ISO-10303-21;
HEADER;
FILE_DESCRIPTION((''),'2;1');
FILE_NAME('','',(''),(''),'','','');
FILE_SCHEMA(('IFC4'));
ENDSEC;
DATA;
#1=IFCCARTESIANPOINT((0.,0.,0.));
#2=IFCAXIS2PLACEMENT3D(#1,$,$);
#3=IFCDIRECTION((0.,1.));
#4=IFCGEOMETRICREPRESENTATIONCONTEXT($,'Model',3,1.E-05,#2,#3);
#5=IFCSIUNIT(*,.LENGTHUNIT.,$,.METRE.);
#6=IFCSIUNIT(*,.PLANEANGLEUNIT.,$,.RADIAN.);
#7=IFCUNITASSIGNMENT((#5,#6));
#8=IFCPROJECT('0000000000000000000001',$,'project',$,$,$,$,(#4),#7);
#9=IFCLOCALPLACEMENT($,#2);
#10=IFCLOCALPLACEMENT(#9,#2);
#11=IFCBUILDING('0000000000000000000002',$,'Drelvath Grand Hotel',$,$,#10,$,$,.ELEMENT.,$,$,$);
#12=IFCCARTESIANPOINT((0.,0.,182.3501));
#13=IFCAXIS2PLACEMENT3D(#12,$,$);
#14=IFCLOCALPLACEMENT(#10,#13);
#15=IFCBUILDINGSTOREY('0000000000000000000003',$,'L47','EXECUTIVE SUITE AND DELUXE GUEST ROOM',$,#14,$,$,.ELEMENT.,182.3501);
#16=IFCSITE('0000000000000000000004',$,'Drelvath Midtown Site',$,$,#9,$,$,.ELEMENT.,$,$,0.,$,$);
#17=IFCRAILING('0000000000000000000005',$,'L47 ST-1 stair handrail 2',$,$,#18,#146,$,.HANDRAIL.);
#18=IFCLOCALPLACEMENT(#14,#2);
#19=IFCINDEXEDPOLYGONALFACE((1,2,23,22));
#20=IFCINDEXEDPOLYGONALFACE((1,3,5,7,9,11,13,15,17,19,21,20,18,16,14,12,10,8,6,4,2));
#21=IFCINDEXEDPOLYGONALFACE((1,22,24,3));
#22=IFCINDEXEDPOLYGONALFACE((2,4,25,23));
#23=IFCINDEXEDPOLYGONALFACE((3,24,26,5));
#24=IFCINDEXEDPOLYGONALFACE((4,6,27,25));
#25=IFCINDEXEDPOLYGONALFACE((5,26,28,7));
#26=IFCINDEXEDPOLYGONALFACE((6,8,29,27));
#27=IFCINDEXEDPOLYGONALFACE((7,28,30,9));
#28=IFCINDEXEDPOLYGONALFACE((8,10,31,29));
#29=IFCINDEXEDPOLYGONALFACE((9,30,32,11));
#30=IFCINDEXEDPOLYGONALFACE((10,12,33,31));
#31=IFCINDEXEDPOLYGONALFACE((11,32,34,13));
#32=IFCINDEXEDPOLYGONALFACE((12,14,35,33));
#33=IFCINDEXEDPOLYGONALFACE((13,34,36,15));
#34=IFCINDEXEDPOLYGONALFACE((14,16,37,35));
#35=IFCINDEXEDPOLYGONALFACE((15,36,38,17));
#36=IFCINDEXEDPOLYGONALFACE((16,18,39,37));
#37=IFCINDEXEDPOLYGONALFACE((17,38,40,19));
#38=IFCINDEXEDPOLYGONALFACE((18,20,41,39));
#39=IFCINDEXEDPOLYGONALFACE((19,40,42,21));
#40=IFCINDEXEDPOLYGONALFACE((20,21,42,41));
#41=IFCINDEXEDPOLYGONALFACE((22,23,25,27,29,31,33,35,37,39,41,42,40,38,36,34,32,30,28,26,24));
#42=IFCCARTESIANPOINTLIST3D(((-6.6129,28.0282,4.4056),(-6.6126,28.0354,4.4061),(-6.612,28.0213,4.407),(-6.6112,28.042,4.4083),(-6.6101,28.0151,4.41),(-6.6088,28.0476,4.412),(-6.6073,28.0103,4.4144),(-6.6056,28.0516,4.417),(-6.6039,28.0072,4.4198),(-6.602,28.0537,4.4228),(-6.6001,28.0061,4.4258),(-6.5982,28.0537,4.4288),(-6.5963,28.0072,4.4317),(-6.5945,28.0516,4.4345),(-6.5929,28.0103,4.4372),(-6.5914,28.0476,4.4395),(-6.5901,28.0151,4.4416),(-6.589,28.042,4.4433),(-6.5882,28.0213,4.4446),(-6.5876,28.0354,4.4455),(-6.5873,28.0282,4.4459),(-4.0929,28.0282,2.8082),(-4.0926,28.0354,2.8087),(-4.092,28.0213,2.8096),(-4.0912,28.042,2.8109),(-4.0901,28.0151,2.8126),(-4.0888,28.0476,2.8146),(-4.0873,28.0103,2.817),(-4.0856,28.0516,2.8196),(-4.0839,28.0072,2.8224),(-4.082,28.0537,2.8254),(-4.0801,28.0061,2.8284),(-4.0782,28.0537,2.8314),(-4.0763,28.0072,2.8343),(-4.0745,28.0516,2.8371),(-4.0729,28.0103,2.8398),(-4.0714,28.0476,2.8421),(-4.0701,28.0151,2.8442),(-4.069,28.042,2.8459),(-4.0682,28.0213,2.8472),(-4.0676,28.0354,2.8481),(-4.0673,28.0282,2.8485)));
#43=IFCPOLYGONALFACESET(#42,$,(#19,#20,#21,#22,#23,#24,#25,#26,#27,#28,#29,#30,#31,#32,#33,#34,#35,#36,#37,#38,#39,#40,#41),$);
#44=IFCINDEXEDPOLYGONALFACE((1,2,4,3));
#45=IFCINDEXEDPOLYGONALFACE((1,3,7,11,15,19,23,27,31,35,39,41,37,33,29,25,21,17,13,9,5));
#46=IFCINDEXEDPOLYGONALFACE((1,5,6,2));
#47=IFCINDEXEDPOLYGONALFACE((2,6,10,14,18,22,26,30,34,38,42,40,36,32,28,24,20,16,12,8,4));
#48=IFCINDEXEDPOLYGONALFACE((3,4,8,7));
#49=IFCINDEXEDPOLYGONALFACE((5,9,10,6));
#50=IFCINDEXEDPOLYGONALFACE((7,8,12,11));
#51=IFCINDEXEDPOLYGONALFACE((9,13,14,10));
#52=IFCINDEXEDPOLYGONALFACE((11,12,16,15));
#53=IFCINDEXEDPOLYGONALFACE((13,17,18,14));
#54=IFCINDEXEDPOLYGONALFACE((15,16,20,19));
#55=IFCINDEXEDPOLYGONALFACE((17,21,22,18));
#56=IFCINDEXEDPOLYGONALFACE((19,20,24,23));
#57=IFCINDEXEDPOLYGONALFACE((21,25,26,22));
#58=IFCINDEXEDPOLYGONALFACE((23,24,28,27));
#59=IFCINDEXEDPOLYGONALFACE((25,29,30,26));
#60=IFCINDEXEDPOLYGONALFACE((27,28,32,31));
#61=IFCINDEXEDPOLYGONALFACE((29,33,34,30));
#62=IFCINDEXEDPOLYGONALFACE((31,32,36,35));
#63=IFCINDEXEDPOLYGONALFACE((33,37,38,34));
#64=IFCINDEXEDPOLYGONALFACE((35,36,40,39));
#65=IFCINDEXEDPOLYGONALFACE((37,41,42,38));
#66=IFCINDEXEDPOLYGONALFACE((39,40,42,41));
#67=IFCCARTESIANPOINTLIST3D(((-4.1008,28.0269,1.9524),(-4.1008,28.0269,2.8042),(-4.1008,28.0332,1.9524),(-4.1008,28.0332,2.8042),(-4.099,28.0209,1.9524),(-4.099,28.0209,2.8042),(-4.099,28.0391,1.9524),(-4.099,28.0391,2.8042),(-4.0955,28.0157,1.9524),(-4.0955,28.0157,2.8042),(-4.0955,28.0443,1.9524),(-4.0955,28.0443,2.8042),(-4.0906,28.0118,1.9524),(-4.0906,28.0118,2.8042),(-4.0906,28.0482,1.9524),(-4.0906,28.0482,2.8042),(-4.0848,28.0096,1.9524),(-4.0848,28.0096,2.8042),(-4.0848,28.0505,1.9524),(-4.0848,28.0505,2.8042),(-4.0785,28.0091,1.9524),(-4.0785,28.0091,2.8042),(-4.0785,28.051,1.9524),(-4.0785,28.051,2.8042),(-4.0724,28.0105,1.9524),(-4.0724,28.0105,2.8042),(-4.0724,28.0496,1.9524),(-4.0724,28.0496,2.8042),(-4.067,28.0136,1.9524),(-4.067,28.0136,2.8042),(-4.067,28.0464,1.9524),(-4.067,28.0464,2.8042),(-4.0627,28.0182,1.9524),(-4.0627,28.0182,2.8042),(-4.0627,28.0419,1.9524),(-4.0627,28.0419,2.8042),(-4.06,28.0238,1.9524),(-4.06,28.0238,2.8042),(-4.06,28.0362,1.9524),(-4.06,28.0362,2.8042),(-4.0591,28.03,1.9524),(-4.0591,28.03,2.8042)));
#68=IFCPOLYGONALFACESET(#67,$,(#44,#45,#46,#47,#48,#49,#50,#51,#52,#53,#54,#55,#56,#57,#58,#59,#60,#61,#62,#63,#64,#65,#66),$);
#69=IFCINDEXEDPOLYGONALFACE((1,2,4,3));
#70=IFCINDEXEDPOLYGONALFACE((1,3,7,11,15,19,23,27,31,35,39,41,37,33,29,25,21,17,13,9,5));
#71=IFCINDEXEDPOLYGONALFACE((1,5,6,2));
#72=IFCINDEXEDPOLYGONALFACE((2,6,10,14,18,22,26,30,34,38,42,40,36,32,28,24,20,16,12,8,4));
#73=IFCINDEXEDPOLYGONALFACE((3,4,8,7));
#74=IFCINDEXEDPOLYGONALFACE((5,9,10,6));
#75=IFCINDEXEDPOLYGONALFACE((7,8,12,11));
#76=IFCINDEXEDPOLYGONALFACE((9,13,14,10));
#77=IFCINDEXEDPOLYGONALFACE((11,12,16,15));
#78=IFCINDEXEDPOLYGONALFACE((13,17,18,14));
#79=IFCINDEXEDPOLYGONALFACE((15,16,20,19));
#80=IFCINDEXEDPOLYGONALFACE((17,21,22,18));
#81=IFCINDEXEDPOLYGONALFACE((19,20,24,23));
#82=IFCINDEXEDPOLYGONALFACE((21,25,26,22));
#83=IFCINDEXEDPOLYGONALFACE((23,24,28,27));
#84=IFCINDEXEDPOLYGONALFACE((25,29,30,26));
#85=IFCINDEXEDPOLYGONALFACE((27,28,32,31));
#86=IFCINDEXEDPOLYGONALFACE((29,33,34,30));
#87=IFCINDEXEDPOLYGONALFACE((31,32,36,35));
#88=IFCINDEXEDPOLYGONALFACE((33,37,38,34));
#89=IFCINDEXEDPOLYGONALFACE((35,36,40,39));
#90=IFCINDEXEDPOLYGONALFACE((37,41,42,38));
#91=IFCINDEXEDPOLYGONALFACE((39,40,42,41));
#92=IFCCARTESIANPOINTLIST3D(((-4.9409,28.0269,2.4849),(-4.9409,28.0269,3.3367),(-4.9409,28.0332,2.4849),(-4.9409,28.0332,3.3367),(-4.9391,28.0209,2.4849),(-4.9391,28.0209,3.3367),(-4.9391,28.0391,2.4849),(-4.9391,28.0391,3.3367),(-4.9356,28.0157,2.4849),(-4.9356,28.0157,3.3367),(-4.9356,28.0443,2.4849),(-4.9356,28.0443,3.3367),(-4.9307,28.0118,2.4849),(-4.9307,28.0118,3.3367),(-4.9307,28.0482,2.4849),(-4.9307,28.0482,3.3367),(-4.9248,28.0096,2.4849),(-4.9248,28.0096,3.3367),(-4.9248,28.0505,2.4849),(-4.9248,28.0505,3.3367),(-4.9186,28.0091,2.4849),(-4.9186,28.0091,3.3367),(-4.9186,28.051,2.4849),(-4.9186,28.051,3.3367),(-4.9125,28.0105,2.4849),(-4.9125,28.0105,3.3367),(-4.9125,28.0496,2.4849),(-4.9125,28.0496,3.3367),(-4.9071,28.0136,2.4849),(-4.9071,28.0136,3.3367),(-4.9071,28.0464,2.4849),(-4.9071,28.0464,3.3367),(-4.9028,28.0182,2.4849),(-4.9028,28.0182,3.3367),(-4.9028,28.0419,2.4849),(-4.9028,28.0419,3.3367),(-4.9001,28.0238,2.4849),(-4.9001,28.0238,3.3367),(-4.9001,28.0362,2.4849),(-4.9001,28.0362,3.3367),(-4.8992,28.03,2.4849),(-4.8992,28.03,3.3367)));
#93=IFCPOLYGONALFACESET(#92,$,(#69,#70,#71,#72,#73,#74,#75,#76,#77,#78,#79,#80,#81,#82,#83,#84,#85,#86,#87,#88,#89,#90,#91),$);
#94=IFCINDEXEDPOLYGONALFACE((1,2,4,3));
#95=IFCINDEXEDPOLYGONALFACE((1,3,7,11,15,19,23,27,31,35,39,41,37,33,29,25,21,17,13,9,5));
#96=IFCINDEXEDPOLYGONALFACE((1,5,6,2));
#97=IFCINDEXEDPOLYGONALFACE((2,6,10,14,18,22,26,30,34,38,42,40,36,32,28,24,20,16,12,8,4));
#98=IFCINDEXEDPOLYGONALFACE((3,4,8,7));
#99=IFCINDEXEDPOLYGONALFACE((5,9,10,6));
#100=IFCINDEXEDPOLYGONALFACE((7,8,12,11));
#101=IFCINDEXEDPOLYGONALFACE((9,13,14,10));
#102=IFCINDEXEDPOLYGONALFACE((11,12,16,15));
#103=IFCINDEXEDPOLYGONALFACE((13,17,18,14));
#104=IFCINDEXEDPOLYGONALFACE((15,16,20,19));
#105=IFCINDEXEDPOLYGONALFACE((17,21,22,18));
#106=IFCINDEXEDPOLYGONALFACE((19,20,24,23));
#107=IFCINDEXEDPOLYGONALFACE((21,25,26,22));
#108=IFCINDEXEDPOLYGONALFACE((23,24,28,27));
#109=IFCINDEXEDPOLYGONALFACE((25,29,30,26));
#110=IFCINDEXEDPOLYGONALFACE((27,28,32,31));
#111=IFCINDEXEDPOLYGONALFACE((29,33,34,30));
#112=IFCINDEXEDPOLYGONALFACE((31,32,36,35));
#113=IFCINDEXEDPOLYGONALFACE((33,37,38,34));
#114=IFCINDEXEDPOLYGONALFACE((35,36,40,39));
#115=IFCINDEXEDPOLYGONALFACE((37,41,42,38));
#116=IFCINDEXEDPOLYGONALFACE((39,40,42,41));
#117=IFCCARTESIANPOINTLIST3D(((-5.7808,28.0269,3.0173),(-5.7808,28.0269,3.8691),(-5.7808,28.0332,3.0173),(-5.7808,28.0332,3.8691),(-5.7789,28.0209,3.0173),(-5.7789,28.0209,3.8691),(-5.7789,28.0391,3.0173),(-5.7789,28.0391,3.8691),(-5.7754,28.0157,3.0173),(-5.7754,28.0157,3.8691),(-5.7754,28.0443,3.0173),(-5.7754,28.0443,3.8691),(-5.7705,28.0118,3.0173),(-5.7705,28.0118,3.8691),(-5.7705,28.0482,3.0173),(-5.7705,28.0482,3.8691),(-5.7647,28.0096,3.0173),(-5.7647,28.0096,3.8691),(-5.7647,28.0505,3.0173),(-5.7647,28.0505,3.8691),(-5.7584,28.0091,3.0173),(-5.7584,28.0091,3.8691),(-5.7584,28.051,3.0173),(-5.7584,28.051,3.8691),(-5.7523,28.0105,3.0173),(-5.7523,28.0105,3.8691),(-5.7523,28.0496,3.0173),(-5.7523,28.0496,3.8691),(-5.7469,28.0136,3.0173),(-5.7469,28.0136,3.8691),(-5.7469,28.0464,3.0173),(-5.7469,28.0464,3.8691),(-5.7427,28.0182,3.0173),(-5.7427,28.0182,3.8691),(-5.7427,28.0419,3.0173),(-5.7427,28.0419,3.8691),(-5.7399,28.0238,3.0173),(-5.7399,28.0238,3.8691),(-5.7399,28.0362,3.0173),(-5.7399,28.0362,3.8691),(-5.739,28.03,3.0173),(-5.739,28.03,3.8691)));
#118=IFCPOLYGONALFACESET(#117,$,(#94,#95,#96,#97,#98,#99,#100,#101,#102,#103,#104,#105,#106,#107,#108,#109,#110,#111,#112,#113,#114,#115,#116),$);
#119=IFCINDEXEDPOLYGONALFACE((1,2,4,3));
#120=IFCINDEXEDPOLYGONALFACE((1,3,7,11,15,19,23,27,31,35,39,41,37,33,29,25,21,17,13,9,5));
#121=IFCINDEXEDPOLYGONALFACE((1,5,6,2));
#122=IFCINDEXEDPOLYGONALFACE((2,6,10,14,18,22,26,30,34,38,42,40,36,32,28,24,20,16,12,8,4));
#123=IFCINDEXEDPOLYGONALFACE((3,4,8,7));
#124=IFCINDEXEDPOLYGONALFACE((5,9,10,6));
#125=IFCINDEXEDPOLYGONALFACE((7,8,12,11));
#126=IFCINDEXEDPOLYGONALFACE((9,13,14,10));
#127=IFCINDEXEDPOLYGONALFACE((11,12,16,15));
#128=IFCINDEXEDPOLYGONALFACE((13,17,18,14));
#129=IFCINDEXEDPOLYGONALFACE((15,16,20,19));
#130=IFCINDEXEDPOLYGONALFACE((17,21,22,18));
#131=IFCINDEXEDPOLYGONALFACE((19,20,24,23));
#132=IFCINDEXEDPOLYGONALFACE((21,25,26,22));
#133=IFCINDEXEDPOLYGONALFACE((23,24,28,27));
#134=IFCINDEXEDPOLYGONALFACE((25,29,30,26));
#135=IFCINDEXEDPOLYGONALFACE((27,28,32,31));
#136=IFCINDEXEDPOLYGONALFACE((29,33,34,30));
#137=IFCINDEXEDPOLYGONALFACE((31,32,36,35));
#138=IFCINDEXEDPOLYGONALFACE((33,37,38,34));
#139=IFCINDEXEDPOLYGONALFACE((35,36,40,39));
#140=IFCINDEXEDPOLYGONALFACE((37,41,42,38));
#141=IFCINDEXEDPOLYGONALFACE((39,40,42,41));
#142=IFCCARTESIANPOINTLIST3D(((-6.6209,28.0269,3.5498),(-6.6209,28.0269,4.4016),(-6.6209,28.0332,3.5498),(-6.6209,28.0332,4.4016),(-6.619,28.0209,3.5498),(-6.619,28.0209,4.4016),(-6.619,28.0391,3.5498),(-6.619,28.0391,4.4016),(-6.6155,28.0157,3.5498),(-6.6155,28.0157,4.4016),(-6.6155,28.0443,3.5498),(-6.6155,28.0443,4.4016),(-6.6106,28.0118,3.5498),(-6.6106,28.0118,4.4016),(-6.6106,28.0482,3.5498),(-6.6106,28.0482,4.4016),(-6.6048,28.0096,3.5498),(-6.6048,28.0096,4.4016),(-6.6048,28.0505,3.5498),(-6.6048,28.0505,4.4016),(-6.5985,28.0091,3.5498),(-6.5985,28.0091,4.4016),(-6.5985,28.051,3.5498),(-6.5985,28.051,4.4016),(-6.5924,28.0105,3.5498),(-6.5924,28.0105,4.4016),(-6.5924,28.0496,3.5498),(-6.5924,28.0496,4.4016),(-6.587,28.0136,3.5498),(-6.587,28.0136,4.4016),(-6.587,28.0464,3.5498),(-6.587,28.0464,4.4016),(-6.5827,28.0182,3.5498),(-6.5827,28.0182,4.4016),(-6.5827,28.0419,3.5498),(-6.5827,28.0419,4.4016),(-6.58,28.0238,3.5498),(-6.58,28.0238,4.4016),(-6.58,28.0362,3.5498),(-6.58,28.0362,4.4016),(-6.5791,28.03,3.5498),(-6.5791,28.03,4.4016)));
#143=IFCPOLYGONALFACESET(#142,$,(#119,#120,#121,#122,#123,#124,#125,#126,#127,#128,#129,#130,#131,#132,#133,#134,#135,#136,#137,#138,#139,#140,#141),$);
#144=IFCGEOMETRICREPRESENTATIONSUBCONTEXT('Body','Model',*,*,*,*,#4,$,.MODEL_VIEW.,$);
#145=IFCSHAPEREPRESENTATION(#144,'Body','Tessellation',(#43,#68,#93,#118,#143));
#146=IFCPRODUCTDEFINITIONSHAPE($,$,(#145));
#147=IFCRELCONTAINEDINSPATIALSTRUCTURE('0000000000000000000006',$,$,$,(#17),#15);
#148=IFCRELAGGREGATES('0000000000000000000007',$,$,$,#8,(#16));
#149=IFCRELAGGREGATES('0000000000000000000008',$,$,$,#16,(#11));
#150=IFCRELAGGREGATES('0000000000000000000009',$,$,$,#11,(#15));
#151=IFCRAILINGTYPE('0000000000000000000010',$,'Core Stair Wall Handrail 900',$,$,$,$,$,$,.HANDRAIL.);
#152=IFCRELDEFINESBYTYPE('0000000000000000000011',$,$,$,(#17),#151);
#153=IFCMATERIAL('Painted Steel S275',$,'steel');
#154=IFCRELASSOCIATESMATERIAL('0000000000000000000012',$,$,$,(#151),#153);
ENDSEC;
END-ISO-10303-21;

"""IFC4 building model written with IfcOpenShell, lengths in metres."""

from ifc_helpers import new_model, si_unit, direction, frame, origin, origin_2d, place, context, subcontext, project, spatial, circle, extrude, material, type_object, element, save


model = new_model("IFC4")

# Units and contexts
model_context = context("Model", 3, precision=1e-05, world=origin(), true_north=direction((0.0, 1.0)))
body_context = subcontext(model_context, "Body", "Model", "MODEL_VIEW")
ifc_project = project(units=[si_unit("LENGTHUNIT", "METRE"), si_unit("PLANEANGLEUNIT", "RADIAN")], contexts=[model_context])

# Site, building, storey
site_placement = place(None, origin())
site = spatial("IfcSite", under=ifc_project, at=site_placement, Name="Drelvath Midtown Site", CompositionType="ELEMENT", RefElevation=0.0)
building_placement = place(site_placement, origin())
building = spatial("IfcBuilding", under=site, at=building_placement, Name="Drelvath Grand Hotel", CompositionType="ELEMENT")
storey_placement = place(building_placement, frame((0.0, 0.0, 182.3501)))
storey = spatial("IfcBuildingStorey", under=building, at=storey_placement, Name="L47", Description="EXECUTIVE SUITE AND DELUXE GUEST ROOM", CompositionType="ELEMENT", Elevation=182.3501)

# Shared definitions
ifc_material_1 = material(Name="Painted Steel S275", Category="steel")

# Railing
railing_type = type_object("IfcRailingType", Name="Core Stair Wall Handrail 900", PredefinedType="HANDRAIL", material=ifc_material_1)
railing_placement = place(storey_placement, frame((-4.0801, 28.03, 1.9524)))
element("IfcRailing", 1, at=railing_placement, inside=storey, type_object=railing_type, Name="L47 ST-1 stair handrail 2", PredefinedType="HANDRAIL", context=body_context, shape_type="SweptSolid", body=[
    extrude(circle(Radius=0.0239, at=origin_2d()), frame((0.0, 0.0, 0.876), z_axis=(-0.844607, 0.0, 0.535387), x_axis=(0.0, -1.0, 0.0)), (0.0, 0.0, 1.0), 2.9836),
    extrude(circle(Radius=0.021, at=origin_2d()), origin(), (0.0, 0.0, 1.0), 0.8518),
    extrude(circle(Radius=0.021, at=origin_2d()), frame((-0.8401, 0.0, 0.5325)), (0.0, 0.0, 1.0), 0.8518),
    extrude(circle(Radius=0.021, at=origin_2d()), frame((-1.6799, 0.0, 1.0649)), (0.0, 0.0, 1.0), 0.8518),
    extrude(circle(Radius=0.021, at=origin_2d()), frame((-2.52, 0.0, 1.5974)), (0.0, 0.0, 1.0), 0.8518),
])

save(model, "model.ifc")
